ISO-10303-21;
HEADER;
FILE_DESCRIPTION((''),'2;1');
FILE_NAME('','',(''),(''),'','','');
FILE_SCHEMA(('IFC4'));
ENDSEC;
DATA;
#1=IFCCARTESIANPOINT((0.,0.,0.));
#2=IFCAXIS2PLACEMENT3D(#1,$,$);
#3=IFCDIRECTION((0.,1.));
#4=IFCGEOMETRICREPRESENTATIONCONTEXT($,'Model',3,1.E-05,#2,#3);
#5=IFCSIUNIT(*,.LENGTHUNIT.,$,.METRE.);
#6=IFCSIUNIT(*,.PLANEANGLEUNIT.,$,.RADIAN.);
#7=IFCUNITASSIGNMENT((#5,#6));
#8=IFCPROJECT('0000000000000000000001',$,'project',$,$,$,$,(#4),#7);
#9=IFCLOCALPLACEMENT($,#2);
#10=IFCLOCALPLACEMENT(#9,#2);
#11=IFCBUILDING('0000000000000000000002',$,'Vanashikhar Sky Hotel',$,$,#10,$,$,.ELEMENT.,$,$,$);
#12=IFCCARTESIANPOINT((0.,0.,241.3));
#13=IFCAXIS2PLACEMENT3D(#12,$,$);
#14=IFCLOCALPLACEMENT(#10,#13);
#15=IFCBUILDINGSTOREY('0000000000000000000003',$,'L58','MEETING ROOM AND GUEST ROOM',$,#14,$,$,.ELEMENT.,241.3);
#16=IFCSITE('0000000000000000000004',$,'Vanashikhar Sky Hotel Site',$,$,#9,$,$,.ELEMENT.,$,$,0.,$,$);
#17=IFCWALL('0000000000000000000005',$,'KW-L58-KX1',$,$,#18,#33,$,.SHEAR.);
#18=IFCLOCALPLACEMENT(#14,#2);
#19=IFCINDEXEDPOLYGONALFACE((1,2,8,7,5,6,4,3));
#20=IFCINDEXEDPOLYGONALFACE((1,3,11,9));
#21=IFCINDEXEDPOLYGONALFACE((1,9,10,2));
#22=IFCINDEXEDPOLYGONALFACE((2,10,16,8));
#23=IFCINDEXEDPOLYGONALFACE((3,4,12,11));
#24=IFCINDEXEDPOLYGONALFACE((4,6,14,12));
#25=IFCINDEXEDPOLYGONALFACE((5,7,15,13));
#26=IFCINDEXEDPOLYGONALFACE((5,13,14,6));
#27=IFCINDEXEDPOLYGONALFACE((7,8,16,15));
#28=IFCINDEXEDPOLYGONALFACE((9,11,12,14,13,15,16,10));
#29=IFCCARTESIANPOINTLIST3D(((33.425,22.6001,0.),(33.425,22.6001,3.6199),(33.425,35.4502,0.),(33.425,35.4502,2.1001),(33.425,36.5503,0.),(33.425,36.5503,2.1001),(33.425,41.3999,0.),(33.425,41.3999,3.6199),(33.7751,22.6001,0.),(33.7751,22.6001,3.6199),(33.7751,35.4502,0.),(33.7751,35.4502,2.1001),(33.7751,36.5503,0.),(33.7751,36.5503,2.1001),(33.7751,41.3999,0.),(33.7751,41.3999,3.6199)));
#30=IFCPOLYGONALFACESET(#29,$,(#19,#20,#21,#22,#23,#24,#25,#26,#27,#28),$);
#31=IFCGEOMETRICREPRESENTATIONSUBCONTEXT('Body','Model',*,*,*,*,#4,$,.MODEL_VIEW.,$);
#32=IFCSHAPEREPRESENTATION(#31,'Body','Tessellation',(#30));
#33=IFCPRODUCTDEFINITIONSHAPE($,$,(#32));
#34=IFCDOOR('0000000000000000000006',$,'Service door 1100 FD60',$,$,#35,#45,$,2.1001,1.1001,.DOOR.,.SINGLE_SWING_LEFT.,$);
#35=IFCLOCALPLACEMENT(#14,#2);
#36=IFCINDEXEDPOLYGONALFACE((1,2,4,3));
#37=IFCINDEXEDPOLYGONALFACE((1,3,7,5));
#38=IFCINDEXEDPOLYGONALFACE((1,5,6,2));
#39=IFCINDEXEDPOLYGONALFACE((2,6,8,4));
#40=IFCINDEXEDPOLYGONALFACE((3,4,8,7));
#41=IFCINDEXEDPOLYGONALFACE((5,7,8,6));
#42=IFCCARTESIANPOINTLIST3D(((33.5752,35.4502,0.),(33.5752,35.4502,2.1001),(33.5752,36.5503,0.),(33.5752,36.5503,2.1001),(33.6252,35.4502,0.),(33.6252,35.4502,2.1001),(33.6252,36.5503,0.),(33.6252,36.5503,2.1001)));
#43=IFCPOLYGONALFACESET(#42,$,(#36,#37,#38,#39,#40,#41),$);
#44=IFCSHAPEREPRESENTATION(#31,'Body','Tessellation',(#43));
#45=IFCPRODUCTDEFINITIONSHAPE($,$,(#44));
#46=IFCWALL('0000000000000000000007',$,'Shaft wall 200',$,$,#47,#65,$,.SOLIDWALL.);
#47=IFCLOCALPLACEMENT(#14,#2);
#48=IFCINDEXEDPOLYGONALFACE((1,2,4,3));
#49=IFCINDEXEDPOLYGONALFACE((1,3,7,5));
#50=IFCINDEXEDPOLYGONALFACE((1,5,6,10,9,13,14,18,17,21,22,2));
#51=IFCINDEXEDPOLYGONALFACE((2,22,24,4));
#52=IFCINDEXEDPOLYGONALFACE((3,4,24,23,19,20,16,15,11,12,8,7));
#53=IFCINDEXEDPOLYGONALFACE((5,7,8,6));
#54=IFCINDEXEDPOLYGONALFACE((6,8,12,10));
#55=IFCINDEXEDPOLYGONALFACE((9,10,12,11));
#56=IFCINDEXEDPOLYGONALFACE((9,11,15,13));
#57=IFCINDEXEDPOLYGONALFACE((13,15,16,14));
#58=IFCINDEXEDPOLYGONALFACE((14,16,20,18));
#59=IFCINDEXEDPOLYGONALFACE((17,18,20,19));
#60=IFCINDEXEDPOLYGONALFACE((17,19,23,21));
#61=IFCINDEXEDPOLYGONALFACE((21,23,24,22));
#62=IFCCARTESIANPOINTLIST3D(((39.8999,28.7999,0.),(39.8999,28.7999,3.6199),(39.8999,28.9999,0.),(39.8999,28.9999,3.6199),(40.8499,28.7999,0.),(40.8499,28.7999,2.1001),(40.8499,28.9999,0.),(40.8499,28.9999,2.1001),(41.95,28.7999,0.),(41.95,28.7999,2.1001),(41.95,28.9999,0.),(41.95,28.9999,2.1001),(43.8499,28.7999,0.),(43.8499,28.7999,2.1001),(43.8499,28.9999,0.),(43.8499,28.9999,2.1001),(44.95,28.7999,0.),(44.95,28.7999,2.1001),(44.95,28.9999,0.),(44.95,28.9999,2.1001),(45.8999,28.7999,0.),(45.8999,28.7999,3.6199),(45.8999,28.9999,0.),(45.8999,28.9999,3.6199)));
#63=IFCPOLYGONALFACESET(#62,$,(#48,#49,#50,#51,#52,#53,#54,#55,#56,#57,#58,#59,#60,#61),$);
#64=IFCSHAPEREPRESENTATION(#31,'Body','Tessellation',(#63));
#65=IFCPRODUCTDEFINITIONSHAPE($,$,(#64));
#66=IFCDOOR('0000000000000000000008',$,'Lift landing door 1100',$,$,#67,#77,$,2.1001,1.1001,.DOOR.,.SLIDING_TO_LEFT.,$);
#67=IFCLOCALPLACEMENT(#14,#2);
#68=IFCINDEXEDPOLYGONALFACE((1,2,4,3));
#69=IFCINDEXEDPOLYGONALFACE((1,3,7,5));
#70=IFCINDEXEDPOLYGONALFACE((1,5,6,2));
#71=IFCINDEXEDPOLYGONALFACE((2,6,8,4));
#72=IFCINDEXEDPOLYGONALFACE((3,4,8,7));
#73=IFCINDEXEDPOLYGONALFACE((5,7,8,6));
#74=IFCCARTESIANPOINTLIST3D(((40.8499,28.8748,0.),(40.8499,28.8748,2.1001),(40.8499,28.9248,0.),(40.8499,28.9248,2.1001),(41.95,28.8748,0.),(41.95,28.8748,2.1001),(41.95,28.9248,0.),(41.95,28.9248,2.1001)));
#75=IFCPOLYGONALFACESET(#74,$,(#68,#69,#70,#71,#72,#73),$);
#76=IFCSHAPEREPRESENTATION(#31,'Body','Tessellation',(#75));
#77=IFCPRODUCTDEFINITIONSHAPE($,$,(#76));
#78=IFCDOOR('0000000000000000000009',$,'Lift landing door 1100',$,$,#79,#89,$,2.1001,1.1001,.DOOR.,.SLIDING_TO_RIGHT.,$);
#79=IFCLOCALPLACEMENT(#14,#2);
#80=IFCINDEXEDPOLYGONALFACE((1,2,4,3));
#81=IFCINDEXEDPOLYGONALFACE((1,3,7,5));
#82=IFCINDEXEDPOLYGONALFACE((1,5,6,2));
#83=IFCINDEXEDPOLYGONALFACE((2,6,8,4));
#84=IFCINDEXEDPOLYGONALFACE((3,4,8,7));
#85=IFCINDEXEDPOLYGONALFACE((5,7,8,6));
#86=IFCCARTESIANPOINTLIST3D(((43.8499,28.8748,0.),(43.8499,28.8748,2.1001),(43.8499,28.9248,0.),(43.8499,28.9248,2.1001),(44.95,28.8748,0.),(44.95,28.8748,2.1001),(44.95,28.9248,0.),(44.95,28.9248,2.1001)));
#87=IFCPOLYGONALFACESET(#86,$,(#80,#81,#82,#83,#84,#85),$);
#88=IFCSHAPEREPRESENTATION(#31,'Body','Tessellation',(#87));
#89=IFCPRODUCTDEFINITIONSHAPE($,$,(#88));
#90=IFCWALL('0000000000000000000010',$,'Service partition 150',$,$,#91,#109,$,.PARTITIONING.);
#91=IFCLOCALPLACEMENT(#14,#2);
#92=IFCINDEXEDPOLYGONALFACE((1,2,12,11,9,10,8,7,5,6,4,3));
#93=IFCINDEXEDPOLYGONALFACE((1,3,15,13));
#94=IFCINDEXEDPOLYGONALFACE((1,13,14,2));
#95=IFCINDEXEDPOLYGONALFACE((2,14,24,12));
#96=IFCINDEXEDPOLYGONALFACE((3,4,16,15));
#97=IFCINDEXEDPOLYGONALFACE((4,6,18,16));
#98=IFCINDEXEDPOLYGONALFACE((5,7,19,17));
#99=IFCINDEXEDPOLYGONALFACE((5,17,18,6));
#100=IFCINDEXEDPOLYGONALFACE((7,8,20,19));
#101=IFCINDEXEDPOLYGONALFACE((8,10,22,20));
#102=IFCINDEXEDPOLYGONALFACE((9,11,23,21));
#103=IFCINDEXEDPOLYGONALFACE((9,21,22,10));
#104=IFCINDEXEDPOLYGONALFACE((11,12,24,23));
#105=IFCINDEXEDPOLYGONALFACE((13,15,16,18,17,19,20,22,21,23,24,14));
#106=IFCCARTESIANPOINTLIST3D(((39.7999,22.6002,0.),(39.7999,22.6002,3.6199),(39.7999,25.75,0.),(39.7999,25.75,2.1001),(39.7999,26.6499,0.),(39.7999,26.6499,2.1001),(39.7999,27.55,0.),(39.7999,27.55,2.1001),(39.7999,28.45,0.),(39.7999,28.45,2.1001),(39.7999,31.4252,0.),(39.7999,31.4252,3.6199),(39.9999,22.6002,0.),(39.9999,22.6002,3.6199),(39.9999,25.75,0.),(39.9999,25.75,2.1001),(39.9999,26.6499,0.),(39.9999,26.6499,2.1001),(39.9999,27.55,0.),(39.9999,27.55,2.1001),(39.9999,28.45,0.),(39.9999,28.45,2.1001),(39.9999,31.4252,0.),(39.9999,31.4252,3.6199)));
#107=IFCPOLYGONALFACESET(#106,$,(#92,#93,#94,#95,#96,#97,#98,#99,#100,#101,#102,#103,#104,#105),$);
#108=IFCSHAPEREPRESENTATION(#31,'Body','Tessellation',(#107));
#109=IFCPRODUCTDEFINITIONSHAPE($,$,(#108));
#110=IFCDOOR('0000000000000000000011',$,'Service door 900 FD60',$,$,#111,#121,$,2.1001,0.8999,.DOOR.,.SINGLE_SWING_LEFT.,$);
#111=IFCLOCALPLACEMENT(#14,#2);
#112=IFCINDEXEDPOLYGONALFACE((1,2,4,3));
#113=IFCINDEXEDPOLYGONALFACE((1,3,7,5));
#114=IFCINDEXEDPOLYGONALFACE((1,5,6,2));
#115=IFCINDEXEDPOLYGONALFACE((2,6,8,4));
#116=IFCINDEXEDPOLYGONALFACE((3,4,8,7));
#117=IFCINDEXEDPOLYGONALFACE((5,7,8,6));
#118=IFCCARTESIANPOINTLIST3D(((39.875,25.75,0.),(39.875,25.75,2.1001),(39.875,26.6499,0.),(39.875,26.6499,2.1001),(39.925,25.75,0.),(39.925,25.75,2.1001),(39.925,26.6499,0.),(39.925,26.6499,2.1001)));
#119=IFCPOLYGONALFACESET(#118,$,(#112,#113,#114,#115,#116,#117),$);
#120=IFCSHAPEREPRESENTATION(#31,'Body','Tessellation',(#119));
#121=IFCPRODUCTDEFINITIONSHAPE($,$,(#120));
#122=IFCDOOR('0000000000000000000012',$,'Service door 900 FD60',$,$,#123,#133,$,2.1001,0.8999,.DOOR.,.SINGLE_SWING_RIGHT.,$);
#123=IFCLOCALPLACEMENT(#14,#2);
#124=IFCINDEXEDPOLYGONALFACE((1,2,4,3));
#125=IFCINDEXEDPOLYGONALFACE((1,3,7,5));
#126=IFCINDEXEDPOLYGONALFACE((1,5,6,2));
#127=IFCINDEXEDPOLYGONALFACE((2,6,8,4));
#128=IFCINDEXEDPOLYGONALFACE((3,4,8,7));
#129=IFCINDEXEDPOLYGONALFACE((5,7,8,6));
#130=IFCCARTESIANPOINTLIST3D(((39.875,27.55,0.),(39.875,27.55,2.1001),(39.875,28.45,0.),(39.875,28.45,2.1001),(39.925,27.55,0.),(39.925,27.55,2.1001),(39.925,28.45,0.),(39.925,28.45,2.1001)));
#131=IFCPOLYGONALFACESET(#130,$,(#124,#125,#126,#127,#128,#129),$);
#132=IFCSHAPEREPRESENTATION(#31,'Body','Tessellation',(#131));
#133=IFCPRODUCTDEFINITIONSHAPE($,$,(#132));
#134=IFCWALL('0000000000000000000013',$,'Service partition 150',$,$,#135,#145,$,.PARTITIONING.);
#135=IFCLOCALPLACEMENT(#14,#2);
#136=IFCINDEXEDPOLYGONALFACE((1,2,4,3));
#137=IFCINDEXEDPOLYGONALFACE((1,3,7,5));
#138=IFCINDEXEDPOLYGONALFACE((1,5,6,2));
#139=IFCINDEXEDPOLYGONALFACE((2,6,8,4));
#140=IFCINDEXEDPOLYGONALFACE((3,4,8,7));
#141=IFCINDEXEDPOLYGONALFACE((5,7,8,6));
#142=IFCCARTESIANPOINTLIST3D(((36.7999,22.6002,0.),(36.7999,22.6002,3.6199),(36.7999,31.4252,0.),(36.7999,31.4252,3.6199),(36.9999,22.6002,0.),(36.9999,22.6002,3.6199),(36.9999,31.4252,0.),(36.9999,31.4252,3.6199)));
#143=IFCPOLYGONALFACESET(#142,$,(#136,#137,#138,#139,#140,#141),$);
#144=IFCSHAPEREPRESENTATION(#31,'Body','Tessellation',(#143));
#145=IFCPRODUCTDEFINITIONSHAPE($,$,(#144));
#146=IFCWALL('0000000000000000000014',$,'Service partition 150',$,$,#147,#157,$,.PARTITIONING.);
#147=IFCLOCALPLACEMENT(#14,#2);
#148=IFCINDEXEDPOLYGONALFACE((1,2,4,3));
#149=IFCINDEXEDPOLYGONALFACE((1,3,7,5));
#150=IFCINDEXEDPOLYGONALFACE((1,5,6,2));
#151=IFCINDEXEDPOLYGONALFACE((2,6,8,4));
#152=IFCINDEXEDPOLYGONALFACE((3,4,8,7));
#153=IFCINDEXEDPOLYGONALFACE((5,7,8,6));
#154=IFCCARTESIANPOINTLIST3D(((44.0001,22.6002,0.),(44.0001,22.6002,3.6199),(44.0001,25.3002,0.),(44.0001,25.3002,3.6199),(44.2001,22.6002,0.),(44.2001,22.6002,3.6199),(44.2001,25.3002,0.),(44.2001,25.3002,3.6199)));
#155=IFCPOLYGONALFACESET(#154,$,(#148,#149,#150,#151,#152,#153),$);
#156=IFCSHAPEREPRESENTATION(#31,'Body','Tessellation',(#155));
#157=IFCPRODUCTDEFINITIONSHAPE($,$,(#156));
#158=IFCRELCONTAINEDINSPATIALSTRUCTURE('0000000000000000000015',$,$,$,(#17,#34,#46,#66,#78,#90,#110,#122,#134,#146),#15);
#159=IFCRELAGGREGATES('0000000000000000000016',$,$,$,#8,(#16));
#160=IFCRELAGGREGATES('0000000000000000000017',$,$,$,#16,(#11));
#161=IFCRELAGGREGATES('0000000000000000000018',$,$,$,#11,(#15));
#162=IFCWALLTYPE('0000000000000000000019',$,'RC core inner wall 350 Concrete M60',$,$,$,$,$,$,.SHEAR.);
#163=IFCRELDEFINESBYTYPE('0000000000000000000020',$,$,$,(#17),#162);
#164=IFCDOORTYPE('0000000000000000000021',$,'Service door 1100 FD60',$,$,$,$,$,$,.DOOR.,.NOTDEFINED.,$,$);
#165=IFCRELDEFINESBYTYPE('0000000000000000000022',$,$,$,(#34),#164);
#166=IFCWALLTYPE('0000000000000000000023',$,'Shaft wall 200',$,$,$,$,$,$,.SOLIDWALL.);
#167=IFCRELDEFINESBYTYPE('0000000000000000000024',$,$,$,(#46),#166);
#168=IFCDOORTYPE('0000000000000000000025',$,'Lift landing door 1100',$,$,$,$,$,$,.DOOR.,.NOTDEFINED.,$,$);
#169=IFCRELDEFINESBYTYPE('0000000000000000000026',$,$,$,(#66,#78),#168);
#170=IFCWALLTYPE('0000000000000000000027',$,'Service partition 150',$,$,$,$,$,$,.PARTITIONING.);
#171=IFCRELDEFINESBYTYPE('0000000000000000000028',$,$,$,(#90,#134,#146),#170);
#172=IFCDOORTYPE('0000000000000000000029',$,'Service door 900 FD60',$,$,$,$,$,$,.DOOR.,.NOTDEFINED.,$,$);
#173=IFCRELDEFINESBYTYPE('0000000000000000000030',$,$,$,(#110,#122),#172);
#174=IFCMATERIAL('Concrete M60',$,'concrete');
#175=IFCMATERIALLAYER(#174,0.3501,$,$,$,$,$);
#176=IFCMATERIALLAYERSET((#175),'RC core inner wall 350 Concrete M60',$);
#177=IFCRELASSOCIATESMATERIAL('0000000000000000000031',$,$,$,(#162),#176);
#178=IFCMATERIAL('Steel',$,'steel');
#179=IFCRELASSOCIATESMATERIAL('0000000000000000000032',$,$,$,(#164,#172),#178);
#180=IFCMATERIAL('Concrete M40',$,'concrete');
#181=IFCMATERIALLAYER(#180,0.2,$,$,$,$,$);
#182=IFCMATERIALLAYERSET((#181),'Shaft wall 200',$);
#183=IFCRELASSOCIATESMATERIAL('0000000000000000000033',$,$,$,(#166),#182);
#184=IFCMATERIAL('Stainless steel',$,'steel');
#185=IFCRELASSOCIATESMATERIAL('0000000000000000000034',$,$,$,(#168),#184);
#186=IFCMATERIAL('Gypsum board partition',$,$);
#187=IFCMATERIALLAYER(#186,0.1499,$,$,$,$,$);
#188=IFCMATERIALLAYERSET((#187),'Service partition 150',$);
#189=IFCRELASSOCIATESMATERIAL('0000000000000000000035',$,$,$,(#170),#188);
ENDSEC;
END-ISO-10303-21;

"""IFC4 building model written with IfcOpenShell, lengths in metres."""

from ifc_helpers import new_model, si_unit, direction, frame, frame_2d, origin, place, context, subcontext, project, spatial, rectangle, extrude, source, transform, mapped, material, layer, layer_set, type_object, element, fill, save


model = new_model("IFC4")

# Units and contexts
model_context = context("Model", 3, precision=1e-05, world=origin(), true_north=direction((0.0, 1.0)))
body_context = subcontext(model_context, "Body", "Model", "MODEL_VIEW")
ifc_project = project(units=[si_unit("LENGTHUNIT", "METRE"), si_unit("PLANEANGLEUNIT", "RADIAN")], contexts=[model_context])

# Site, building, storey
site_placement = place(None, origin())
site = spatial("IfcSite", under=ifc_project, at=site_placement, Name="Vanashikhar Sky Hotel Site", CompositionType="ELEMENT", RefElevation=0.0)
building_placement = place(site_placement, origin())
building = spatial("IfcBuilding", under=site, at=building_placement, Name="Vanashikhar Sky Hotel", CompositionType="ELEMENT")
storey_placement = place(building_placement, frame((0.0, 0.0, 241.3)))
storey = spatial("IfcBuildingStorey", under=building, at=storey_placement, Name="L58", Description="MEETING ROOM AND GUEST ROOM", CompositionType="ELEMENT", Elevation=241.3)

# Wall, opening, door
ifc_material_1 = material(Name="Concrete M60", Category="concrete")
ifc_layer_1 = layer(ifc_material_1, 0.3501)
ifc_layer_set_1 = layer_set([ifc_layer_1], Name="RC core inner wall 350 Concrete M60")
wall_type_1 = type_object("IfcWallType", Name="RC core inner wall 350 Concrete M60", PredefinedType="SHEAR", material=ifc_layer_set_1)
shared_shape_1 = source(origin(), body_context, "Body", "SweptSolid", [
    extrude(rectangle(XDim=18.7998, YDim=0.3501, at=frame_2d((9.3999, 0.0))), origin(), (0.0, 0.0, 1.0), 3.6199),
])
wall_1_placement = place(storey_placement, frame((33.6001, 22.6001, 0.0), z_axis=(0.0, 0.0, 1.0), x_axis=(0.0, 1.0, 0.0)))
wall_1 = element("IfcWall", 1, at=wall_1_placement, inside=storey, type_object=wall_type_1, Name="KW-L58-KX1", PredefinedType="SHEAR", context=body_context, shape_type="MappedRepresentation", body=[
    mapped(shared_shape_1, transform((0.0, 0.0, 0.0), scale=1.0)),
])
shared_shape_2 = source(origin(), body_context, "Body", "SweptSolid", [
    extrude(rectangle(XDim=1.1001, YDim=2.1001, at=frame_2d((0.55, 1.05))), frame((0.0, 0.1851, 0.0), z_axis=(0.0, -1.0, 0.0), x_axis=(1.0, 0.0, 0.0)), (0.0, 0.0, 1.0), 0.3701),
])
opening_1_placement = place(wall_1_placement, frame((12.8501, 0.0, 0.0)))
opening_1 = element("IfcOpeningElement", 2, at=opening_1_placement, cuts=wall_1, PredefinedType="OPENING", context=body_context, shape_type="MappedRepresentation", body=[
    mapped(shared_shape_2, transform((0.0, 0.0, 0.0), scale=1.0)),
])
ifc_material_2 = material(Name="Steel", Category="steel")
door_type_1 = type_object("IfcDoorType", Name="Service door 1100 FD60", OperationType="NOTDEFINED", PredefinedType="DOOR", material=ifc_material_2)
shared_shape_3 = source(origin(), body_context, "Body", "SweptSolid", [
    extrude(rectangle(XDim=1.1001, YDim=2.1001, at=frame_2d((0.55, 1.05))), frame((0.0, 0.0249, 0.0), z_axis=(0.0, -1.0, 0.0), x_axis=(1.0, 0.0, 0.0)), (0.0, 0.0, 1.0), 0.05),
])
door_1_placement = place(opening_1_placement, origin())
door_1 = element("IfcDoor", 3, at=door_1_placement, inside=storey, type_object=door_type_1, Name="Service door 1100 FD60", OperationType="SINGLE_SWING_LEFT", OverallHeight=2.1001, OverallWidth=1.1001, PredefinedType="DOOR", context=body_context, shape_type="MappedRepresentation", body=[
    mapped(shared_shape_3, transform((0.0, 0.0, 0.0), scale=1.0)),
])
fill(opening_1, door_1)

# Walls, openings, doors
ifc_material_3 = material(Name="Concrete M40", Category="concrete")
ifc_layer_2 = layer(ifc_material_3, 0.2)
ifc_layer_set_2 = layer_set([ifc_layer_2], Name="Shaft wall 200")
wall_type_2 = type_object("IfcWallType", Name="Shaft wall 200", PredefinedType="SOLIDWALL", material=ifc_layer_set_2)
shared_shape_4 = source(origin(), body_context, "Body", "SweptSolid", [
    extrude(rectangle(XDim=6.0, YDim=0.2, at=frame_2d((3.0, 0.0))), origin(), (0.0, 0.0, 1.0), 3.6199),
])
wall_2_placement = place(storey_placement, frame((39.8999, 28.8999, 0.0), z_axis=(0.0, 0.0, 1.0), x_axis=(1.0, 0.0, 0.0)))
wall_2 = element("IfcWall", 4, at=wall_2_placement, inside=storey, type_object=wall_type_2, Name="Shaft wall 200", PredefinedType="SOLIDWALL", context=body_context, shape_type="MappedRepresentation", body=[
    mapped(shared_shape_4, transform((0.0, 0.0, 0.0), scale=1.0)),
])
shared_shape_5 = source(origin(), body_context, "Body", "SweptSolid", [
    extrude(rectangle(XDim=1.1001, YDim=2.1001, at=frame_2d((0.55, 1.05))), frame((0.0, 0.1099, 0.0), z_axis=(0.0, -1.0, 0.0), x_axis=(1.0, 0.0, 0.0)), (0.0, 0.0, 1.0), 0.22),
])
opening_2_placement = place(wall_2_placement, frame((0.95, 0.0, 0.0)))
opening_2 = element("IfcOpeningElement", 5, at=opening_2_placement, cuts=wall_2, PredefinedType="OPENING", context=body_context, shape_type="MappedRepresentation", body=[
    mapped(shared_shape_5, transform((0.0, 0.0, 0.0), scale=1.0)),
])
opening_3_placement = place(wall_2_placement, frame((3.95, 0.0, 0.0)))
opening_3 = element("IfcOpeningElement", 6, at=opening_3_placement, cuts=wall_2, PredefinedType="OPENING", context=body_context, shape_type="MappedRepresentation", body=[
    mapped(shared_shape_5, transform((0.0, 0.0, 0.0), scale=1.0)),
])
ifc_material_4 = material(Name="Stainless steel", Category="steel")
door_type_2 = type_object("IfcDoorType", Name="Lift landing door 1100", OperationType="NOTDEFINED", PredefinedType="DOOR", material=ifc_material_4)
door_2_placement = place(opening_2_placement, origin())
door_2 = element("IfcDoor", 7, at=door_2_placement, inside=storey, type_object=door_type_2, Name="Lift landing door 1100", OperationType="SLIDING_TO_LEFT", OverallHeight=2.1001, OverallWidth=1.1001, PredefinedType="DOOR", context=body_context, shape_type="MappedRepresentation", body=[
    mapped(shared_shape_3, transform((0.0, 0.0, 0.0), scale=1.0)),
])
fill(opening_2, door_2)
door_3_placement = place(opening_3_placement, origin())
door_3 = element("IfcDoor", 8, at=door_3_placement, inside=storey, type_object=door_type_2, Name="Lift landing door 1100", OperationType="SLIDING_TO_RIGHT", OverallHeight=2.1001, OverallWidth=1.1001, PredefinedType="DOOR", context=body_context, shape_type="MappedRepresentation", body=[
    mapped(shared_shape_3, transform((0.0, 0.0, 0.0), scale=1.0)),
])
fill(opening_3, door_3)
ifc_material_5 = material(Name="Gypsum board partition")
ifc_layer_3 = layer(ifc_material_5, 0.1499)
ifc_layer_set_3 = layer_set([ifc_layer_3], Name="Service partition 150")
wall_type_3 = type_object("IfcWallType", Name="Service partition 150", PredefinedType="PARTITIONING", material=ifc_layer_set_3)
shared_shape_6 = source(origin(), body_context, "Body", "SweptSolid", [
    extrude(rectangle(XDim=8.825, YDim=0.2, at=frame_2d((4.4126, 0.0))), origin(), (0.0, 0.0, 1.0), 3.6199),
])
wall_3_placement = place(storey_placement, frame((39.8999, 22.6001, 0.0), z_axis=(0.0, 0.0, 1.0), x_axis=(0.0, 1.0, 0.0)))
wall_3 = element("IfcWall", 9, at=wall_3_placement, inside=storey, type_object=wall_type_3, Name="Service partition 150", PredefinedType="PARTITIONING", context=body_context, shape_type="MappedRepresentation", body=[
    mapped(shared_shape_6, transform((0.0, 0.0, 0.0), scale=1.0)),
])
shared_shape_7 = source(origin(), body_context, "Body", "SweptSolid", [
    extrude(rectangle(XDim=0.8999, YDim=2.1001, at=frame_2d((0.45, 1.05))), frame((0.0, 0.1099, 0.0), z_axis=(0.0, -1.0, 0.0), x_axis=(1.0, 0.0, 0.0)), (0.0, 0.0, 1.0), 0.22),
])
opening_4_placement = place(wall_3_placement, frame((3.1499, 0.0, 0.0)))
opening_4 = element("IfcOpeningElement", 10, at=opening_4_placement, cuts=wall_3, PredefinedType="OPENING", context=body_context, shape_type="MappedRepresentation", body=[
    mapped(shared_shape_7, transform((0.0, 0.0, 0.0), scale=1.0)),
])
opening_5_placement = place(wall_3_placement, frame((4.95, 0.0, 0.0)))
opening_5 = element("IfcOpeningElement", 11, at=opening_5_placement, cuts=wall_3, PredefinedType="OPENING", context=body_context, shape_type="MappedRepresentation", body=[
    mapped(shared_shape_7, transform((0.0, 0.0, 0.0), scale=1.0)),
])
door_type_3 = type_object("IfcDoorType", Name="Service door 900 FD60", OperationType="NOTDEFINED", PredefinedType="DOOR", material=ifc_material_2)
shared_shape_8 = source(origin(), body_context, "Body", "SweptSolid", [
    extrude(rectangle(XDim=0.8999, YDim=2.1001, at=frame_2d((0.45, 1.05))), frame((0.0, 0.0249, 0.0), z_axis=(0.0, -1.0, 0.0), x_axis=(1.0, 0.0, 0.0)), (0.0, 0.0, 1.0), 0.05),
])
door_4_placement = place(opening_4_placement, origin())
door_4 = element("IfcDoor", 12, at=door_4_placement, inside=storey, type_object=door_type_3, Name="Service door 900 FD60", OperationType="SINGLE_SWING_LEFT", OverallHeight=2.1001, OverallWidth=0.8999, PredefinedType="DOOR", context=body_context, shape_type="MappedRepresentation", body=[
    mapped(shared_shape_8, transform((0.0, 0.0, 0.0), scale=1.0)),
])
fill(opening_4, door_4)
door_5_placement = place(opening_5_placement, origin())
door_5 = element("IfcDoor", 13, at=door_5_placement, inside=storey, type_object=door_type_3, Name="Service door 900 FD60", OperationType="SINGLE_SWING_RIGHT", OverallHeight=2.1001, OverallWidth=0.8999, PredefinedType="DOOR", context=body_context, shape_type="MappedRepresentation", body=[
    mapped(shared_shape_8, transform((0.0, 0.0, 0.0), scale=1.0)),
])
fill(opening_5, door_5)

# Walls
wall_4_placement = place(storey_placement, frame((36.8999, 22.6001, 0.0), z_axis=(0.0, 0.0, 1.0), x_axis=(0.0, 1.0, 0.0)))
element("IfcWall", 14, at=wall_4_placement, inside=storey, type_object=wall_type_3, Name="Service partition 150", PredefinedType="PARTITIONING", context=body_context, shape_type="MappedRepresentation", body=[
    mapped(shared_shape_6, transform((0.0, 0.0, 0.0), scale=1.0)),
])
shared_shape_9 = source(origin(), body_context, "Body", "SweptSolid", [
    extrude(rectangle(XDim=2.7, YDim=0.2, at=frame_2d((1.3501, 0.0))), origin(), (0.0, 0.0, 1.0), 3.6199),
])
wall_5_placement = place(storey_placement, frame((44.1001, 22.6001, 0.0), z_axis=(0.0, 0.0, 1.0), x_axis=(0.0, 1.0, 0.0)))
element("IfcWall", 15, at=wall_5_placement, inside=storey, type_object=wall_type_3, Name="Service partition 150", PredefinedType="PARTITIONING", context=body_context, shape_type="MappedRepresentation", body=[
    mapped(shared_shape_9, transform((0.0, 0.0, 0.0), scale=1.0)),
])

save(model, "model.ifc")
